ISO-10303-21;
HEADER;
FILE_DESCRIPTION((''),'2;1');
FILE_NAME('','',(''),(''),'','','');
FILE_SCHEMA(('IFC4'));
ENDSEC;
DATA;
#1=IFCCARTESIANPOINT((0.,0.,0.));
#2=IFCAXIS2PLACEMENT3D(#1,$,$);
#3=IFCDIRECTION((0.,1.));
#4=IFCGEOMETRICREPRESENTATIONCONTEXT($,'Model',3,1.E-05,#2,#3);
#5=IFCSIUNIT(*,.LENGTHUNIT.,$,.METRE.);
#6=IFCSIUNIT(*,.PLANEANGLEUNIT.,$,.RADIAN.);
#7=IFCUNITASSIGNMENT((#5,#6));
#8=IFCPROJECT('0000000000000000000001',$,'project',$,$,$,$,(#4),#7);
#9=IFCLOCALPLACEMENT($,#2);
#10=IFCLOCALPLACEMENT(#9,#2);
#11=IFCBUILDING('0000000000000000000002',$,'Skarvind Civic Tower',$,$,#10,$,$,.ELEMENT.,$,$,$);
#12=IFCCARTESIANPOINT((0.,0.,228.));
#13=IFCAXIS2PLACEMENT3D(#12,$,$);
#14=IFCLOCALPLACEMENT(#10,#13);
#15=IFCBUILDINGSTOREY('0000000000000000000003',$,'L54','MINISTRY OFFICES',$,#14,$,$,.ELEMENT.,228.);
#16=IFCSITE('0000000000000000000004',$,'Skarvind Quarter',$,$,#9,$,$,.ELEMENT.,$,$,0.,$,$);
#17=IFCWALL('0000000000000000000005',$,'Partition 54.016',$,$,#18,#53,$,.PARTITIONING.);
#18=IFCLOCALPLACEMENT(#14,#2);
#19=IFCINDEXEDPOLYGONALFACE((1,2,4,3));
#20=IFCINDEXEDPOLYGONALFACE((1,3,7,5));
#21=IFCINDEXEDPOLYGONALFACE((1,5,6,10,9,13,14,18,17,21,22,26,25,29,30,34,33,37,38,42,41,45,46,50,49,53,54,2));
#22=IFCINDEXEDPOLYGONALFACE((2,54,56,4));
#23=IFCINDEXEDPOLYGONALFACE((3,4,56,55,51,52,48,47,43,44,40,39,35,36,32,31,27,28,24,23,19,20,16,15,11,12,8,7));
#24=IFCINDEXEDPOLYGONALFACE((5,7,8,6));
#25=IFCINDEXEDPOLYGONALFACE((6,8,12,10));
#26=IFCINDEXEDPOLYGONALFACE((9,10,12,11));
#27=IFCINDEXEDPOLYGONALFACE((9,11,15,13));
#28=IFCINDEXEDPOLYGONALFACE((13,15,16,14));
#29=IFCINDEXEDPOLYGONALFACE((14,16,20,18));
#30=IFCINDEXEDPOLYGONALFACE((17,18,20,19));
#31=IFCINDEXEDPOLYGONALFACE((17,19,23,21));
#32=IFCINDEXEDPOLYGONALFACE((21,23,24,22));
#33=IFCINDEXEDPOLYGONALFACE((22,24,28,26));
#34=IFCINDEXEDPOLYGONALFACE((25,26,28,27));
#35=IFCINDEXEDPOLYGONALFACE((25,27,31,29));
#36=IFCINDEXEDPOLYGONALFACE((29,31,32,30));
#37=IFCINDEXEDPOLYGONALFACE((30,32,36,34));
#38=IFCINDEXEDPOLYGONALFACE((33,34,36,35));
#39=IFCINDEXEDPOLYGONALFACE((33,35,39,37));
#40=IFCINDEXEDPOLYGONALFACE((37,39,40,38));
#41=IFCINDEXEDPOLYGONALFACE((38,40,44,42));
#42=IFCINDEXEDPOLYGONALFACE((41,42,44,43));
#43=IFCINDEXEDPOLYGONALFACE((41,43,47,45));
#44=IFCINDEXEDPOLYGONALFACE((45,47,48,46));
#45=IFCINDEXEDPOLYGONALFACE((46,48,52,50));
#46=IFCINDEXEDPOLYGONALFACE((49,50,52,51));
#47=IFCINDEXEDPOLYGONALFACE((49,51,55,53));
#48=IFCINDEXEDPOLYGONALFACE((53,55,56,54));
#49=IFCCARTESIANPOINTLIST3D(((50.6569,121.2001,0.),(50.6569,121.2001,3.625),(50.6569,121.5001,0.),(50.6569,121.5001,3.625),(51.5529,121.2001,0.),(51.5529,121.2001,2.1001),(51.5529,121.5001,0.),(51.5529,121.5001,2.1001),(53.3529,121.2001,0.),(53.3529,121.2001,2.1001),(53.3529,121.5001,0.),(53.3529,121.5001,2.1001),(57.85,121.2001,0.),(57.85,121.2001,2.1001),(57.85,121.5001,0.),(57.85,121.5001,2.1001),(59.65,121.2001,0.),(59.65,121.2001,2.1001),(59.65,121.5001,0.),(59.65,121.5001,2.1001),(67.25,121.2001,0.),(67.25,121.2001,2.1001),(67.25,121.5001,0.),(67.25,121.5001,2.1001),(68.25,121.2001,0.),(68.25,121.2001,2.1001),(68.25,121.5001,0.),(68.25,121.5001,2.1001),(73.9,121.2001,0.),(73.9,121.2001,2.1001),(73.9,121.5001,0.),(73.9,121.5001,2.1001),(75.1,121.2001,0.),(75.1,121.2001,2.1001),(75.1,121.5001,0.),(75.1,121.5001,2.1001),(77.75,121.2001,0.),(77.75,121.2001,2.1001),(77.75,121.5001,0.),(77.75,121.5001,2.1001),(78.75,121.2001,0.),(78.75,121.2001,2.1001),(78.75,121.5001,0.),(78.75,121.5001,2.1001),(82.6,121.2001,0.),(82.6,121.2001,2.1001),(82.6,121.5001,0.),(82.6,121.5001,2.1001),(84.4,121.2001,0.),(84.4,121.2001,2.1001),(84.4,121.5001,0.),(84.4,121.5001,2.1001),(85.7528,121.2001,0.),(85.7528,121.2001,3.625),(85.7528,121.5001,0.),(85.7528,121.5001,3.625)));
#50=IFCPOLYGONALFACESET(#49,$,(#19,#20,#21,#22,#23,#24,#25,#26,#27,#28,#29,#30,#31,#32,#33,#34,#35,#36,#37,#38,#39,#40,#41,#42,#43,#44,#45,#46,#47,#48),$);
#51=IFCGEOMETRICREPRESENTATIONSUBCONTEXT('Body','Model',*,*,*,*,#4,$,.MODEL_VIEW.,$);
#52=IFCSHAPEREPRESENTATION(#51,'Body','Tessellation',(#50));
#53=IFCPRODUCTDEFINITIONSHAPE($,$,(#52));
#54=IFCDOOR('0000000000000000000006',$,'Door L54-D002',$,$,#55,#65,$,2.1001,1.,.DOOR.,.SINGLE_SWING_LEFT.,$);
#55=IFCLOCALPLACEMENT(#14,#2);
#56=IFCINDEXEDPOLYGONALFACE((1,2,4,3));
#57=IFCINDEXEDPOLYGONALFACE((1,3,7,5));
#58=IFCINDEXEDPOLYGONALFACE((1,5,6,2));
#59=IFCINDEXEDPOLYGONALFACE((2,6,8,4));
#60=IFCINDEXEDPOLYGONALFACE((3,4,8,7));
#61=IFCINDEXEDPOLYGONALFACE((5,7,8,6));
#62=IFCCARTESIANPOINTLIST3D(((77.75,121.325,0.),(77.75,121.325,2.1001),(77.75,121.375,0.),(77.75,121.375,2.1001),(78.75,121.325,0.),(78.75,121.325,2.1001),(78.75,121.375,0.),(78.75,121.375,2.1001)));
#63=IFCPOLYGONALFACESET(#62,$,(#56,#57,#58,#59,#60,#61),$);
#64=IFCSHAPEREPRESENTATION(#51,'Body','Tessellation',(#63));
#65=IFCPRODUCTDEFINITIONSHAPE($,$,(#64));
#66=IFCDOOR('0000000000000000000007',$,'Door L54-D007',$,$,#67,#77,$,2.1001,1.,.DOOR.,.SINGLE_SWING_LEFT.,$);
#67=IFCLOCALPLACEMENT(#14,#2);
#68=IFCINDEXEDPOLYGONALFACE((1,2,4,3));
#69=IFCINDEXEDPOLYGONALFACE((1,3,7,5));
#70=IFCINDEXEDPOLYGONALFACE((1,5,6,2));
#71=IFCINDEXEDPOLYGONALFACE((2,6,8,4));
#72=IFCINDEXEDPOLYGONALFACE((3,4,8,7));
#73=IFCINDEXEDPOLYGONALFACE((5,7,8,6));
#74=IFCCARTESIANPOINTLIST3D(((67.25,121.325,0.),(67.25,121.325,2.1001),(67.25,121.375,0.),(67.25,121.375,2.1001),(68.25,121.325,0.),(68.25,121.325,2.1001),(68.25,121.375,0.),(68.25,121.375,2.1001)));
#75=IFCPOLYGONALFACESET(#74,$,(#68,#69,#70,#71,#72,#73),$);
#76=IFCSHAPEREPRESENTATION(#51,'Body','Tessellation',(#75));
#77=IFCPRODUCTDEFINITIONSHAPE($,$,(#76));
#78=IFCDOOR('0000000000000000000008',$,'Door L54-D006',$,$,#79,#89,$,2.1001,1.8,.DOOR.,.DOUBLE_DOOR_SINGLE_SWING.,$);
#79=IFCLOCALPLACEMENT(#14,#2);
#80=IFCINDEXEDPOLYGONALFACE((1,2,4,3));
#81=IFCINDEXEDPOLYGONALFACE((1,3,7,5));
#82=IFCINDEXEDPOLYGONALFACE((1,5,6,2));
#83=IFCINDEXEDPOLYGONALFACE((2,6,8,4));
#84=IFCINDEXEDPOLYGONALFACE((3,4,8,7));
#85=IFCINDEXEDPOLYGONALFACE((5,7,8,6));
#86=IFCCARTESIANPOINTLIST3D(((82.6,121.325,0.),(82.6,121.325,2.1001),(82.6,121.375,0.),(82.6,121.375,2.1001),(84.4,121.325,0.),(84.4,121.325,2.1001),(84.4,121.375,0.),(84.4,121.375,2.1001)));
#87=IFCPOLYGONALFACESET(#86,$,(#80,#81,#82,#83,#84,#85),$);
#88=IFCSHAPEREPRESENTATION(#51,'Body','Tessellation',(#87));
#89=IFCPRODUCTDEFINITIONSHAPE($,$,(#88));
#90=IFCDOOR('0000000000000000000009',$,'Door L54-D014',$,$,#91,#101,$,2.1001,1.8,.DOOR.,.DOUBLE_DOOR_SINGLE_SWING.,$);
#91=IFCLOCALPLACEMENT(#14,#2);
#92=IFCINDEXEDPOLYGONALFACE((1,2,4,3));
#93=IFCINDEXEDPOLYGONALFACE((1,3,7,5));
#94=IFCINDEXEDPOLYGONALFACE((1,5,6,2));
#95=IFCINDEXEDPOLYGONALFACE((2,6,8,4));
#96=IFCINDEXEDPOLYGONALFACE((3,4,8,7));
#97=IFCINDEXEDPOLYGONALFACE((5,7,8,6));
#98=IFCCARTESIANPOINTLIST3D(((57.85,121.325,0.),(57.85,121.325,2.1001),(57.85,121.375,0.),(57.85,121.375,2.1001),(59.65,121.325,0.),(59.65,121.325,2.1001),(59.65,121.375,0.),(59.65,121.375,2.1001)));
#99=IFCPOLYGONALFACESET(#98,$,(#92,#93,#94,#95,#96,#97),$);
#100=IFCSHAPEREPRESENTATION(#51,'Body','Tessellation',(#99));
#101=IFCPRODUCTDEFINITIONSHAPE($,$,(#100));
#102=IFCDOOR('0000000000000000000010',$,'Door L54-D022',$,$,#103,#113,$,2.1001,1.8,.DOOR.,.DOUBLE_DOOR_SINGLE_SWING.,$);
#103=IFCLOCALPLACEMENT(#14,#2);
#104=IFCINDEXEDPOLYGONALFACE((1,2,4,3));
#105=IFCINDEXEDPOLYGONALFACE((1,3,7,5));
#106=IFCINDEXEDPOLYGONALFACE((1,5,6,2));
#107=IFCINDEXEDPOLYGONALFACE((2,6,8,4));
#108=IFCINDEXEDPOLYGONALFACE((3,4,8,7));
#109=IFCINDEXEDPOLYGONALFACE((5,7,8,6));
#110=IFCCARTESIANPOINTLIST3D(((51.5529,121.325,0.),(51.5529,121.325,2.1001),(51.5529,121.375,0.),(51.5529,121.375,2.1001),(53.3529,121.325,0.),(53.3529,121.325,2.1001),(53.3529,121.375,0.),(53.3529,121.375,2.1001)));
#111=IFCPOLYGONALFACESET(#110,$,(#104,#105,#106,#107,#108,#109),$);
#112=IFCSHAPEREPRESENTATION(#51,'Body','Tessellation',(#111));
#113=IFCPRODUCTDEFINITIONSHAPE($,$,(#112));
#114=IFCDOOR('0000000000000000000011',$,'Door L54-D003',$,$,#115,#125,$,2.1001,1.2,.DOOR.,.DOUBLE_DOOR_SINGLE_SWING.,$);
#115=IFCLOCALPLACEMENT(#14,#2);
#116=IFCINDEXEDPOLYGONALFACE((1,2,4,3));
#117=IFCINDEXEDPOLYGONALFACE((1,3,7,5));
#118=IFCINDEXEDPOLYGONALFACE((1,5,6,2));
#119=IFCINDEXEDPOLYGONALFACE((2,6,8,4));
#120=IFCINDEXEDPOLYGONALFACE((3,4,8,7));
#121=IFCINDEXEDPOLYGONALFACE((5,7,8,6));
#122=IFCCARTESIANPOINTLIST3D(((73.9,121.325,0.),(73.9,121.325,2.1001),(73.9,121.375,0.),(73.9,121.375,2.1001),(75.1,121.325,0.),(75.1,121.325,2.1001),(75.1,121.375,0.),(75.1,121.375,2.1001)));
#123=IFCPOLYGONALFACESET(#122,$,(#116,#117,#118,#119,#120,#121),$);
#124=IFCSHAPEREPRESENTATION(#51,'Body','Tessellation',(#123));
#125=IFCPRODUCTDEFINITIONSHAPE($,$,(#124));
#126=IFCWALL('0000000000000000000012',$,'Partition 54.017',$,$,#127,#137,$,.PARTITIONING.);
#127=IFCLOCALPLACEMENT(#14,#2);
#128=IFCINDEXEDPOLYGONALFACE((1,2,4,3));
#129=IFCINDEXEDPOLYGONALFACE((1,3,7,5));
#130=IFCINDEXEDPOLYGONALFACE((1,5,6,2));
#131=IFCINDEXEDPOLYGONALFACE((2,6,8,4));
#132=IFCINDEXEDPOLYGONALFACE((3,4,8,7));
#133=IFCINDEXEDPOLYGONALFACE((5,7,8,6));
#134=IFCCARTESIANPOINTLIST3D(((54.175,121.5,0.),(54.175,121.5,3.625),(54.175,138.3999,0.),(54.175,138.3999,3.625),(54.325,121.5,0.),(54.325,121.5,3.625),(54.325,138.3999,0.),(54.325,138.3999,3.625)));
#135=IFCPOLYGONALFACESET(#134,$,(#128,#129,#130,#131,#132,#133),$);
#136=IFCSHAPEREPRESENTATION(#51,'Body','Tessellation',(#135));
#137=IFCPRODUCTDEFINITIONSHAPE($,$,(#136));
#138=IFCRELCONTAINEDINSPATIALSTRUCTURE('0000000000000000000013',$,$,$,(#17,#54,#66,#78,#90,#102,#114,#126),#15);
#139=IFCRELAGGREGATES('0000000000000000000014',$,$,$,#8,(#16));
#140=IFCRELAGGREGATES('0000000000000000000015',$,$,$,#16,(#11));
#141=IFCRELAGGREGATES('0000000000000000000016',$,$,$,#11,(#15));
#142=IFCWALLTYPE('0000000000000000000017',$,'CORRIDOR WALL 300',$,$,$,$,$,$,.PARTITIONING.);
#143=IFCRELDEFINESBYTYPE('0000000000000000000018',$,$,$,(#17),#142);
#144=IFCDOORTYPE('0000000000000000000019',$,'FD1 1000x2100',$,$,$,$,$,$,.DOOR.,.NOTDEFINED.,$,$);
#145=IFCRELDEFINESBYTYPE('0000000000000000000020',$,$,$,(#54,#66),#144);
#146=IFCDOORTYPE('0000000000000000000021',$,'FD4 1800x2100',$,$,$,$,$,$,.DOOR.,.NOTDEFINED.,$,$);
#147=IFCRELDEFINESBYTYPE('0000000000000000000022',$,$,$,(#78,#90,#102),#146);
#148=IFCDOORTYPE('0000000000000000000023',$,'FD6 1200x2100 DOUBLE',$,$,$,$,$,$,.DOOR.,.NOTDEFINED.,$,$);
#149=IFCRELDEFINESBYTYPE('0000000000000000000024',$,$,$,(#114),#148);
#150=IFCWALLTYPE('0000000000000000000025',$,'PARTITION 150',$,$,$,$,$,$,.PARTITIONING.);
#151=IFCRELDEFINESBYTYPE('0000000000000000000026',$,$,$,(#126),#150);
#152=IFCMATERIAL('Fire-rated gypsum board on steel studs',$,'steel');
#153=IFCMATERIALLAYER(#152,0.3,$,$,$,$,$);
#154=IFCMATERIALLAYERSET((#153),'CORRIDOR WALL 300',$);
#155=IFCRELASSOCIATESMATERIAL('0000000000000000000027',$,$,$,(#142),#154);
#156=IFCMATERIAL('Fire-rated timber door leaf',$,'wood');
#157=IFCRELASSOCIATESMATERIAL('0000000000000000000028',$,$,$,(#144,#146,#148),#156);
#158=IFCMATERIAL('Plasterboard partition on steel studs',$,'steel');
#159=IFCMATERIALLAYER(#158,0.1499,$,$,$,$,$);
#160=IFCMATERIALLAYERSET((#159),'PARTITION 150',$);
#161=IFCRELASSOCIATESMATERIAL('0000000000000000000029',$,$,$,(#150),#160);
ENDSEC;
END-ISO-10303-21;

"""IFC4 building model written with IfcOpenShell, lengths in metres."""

from ifc_helpers import new_model, si_unit, direction, frame, frame_2d, origin, place, context, subcontext, project, spatial, rectangle, extrude, material, layer, layer_set, type_object, element, fill, save


model = new_model("IFC4")

# Units and contexts
model_context = context("Model", 3, precision=1e-05, world=origin(), true_north=direction((0.0, 1.0)))
body_context = subcontext(model_context, "Body", "Model", "MODEL_VIEW")
ifc_project = project(units=[si_unit("LENGTHUNIT", "METRE"), si_unit("PLANEANGLEUNIT", "RADIAN")], contexts=[model_context])

# Site, building, storey
site_placement = place(None, origin())
site = spatial("IfcSite", under=ifc_project, at=site_placement, Name="Skarvind Quarter", CompositionType="ELEMENT", RefElevation=0.0)
building_placement = place(site_placement, origin())
building = spatial("IfcBuilding", under=site, at=building_placement, Name="Skarvind Civic Tower", CompositionType="ELEMENT")
storey_placement = place(building_placement, frame((0.0, 0.0, 228.0)))
storey = spatial("IfcBuildingStorey", under=building, at=storey_placement, Name="L54", Description="MINISTRY OFFICES", CompositionType="ELEMENT", Elevation=228.0)

# Wall, openings, doors
ifc_material_1 = material(Name="Fire-rated gypsum board on steel studs", Category="steel")
ifc_layer_1 = layer(ifc_material_1, 0.3)
ifc_layer_set_1 = layer_set([ifc_layer_1], Name="CORRIDOR WALL 300")
wall_type_1 = type_object("IfcWallType", Name="CORRIDOR WALL 300", PredefinedType="PARTITIONING", material=ifc_layer_set_1)
wall_1_placement = place(storey_placement, frame((50.657, 121.3501, 0.0), z_axis=(0.0, 0.0, 1.0), x_axis=(1.0, 0.0, 0.0)))
wall_1 = element("IfcWall", 1, at=wall_1_placement, inside=storey, type_object=wall_type_1, Name="Partition 54.016", PredefinedType="PARTITIONING", context=body_context, shape_type="SweptSolid", body=[
    extrude(rectangle(XDim=35.0959, YDim=0.3, at=frame_2d((17.5479, 0.0))), origin(), (0.0, 0.0, 1.0), 3.625),
])
opening_1_placement = place(wall_1_placement, frame((27.093, 0.0, 0.0)))
opening_1 = element("IfcOpeningElement", 2, at=opening_1_placement, cuts=wall_1, PredefinedType="OPENING", context=body_context, shape_type="SweptSolid", body=[
    extrude(rectangle(XDim=1.0, YDim=2.1001, at=frame_2d((0.5, 1.05))), frame((0.0, 0.1599, 0.0), z_axis=(0.0, -1.0, 0.0), x_axis=(1.0, 0.0, 0.0)), (0.0, 0.0, 1.0), 0.3201),
])
opening_2_placement = place(wall_1_placement, frame((23.2429, 0.0, 0.0)))
opening_2 = element("IfcOpeningElement", 3, at=opening_2_placement, cuts=wall_1, PredefinedType="OPENING", context=body_context, shape_type="SweptSolid", body=[
    extrude(rectangle(XDim=1.2, YDim=2.1001, at=frame_2d((0.6001, 1.05))), frame((0.0, 0.1599, 0.0), z_axis=(0.0, -1.0, 0.0), x_axis=(1.0, 0.0, 0.0)), (0.0, 0.0, 1.0), 0.3201),
])
opening_3_placement = place(wall_1_placement, frame((31.9431, 0.0, 0.0)))
opening_3 = element("IfcOpeningElement", 4, at=opening_3_placement, cuts=wall_1, PredefinedType="OPENING", context=body_context, shape_type="SweptSolid", body=[
    extrude(rectangle(XDim=1.8, YDim=2.1001, at=frame_2d((0.8999, 1.05))), frame((0.0, 0.1599, 0.0), z_axis=(0.0, -1.0, 0.0), x_axis=(1.0, 0.0, 0.0)), (0.0, 0.0, 1.0), 0.3201),
])
opening_4_placement = place(wall_1_placement, frame((16.593, 0.0, 0.0)))
opening_4 = element("IfcOpeningElement", 5, at=opening_4_placement, cuts=wall_1, PredefinedType="OPENING", context=body_context, shape_type="SweptSolid", body=[
    extrude(rectangle(XDim=1.0, YDim=2.1001, at=frame_2d((0.5, 1.05))), frame((0.0, 0.1599, 0.0), z_axis=(0.0, -1.0, 0.0), x_axis=(1.0, 0.0, 0.0)), (0.0, 0.0, 1.0), 0.3201),
])
opening_5_placement = place(wall_1_placement, frame((7.1931, 0.0, 0.0)))
opening_5 = element("IfcOpeningElement", 6, at=opening_5_placement, cuts=wall_1, PredefinedType="OPENING", context=body_context, shape_type="SweptSolid", body=[
    extrude(rectangle(XDim=1.8, YDim=2.1001, at=frame_2d((0.8999, 1.05))), frame((0.0, 0.1599, 0.0), z_axis=(0.0, -1.0, 0.0), x_axis=(1.0, 0.0, 0.0)), (0.0, 0.0, 1.0), 0.3201),
])
opening_6_placement = place(wall_1_placement, frame((0.896, 0.0, 0.0)))
opening_6 = element("IfcOpeningElement", 7, at=opening_6_placement, cuts=wall_1, PredefinedType="OPENING", context=body_context, shape_type="SweptSolid", body=[
    extrude(rectangle(XDim=1.8, YDim=2.1001, at=frame_2d((0.8999, 1.05))), frame((0.0, 0.1599, 0.0), z_axis=(0.0, -1.0, 0.0), x_axis=(1.0, 0.0, 0.0)), (0.0, 0.0, 1.0), 0.3201),
])
ifc_material_2 = material(Name="Fire-rated timber door leaf", Category="wood")
door_type_1 = type_object("IfcDoorType", Name="FD1 1000x2100", OperationType="NOTDEFINED", PredefinedType="DOOR", material=ifc_material_2)
door_1_placement = place(opening_1_placement, origin())
door_1 = element("IfcDoor", 8, at=door_1_placement, inside=storey, type_object=door_type_1, Name="Door L54-D002", OperationType="SINGLE_SWING_LEFT", OverallHeight=2.1001, OverallWidth=1.0, PredefinedType="DOOR", context=body_context, shape_type="SweptSolid", body=[
    extrude(rectangle(XDim=1.0, YDim=2.1001, at=frame_2d((0.5, 1.05))), frame((0.0, 0.0249, 0.0), z_axis=(0.0, -1.0, 0.0), x_axis=(1.0, 0.0, 0.0)), (0.0, 0.0, 1.0), 0.05),
])
fill(opening_1, door_1)
door_2_placement = place(opening_4_placement, origin())
door_2 = element("IfcDoor", 9, at=door_2_placement, inside=storey, type_object=door_type_1, Name="Door L54-D007", OperationType="SINGLE_SWING_LEFT", OverallHeight=2.1001, OverallWidth=1.0, PredefinedType="DOOR", context=body_context, shape_type="SweptSolid", body=[
    extrude(rectangle(XDim=1.0, YDim=2.1001, at=frame_2d((0.5, 1.05))), frame((0.0, 0.0249, 0.0), z_axis=(0.0, -1.0, 0.0), x_axis=(1.0, 0.0, 0.0)), (0.0, 0.0, 1.0), 0.05),
])
fill(opening_4, door_2)
door_type_2 = type_object("IfcDoorType", Name="FD4 1800x2100", OperationType="NOTDEFINED", PredefinedType="DOOR", material=ifc_material_2)
door_3_placement = place(opening_3_placement, origin())
door_3 = element("IfcDoor", 10, at=door_3_placement, inside=storey, type_object=door_type_2, Name="Door L54-D006", OperationType="DOUBLE_DOOR_SINGLE_SWING", OverallHeight=2.1001, OverallWidth=1.8, PredefinedType="DOOR", context=body_context, shape_type="SweptSolid", body=[
    extrude(rectangle(XDim=1.8, YDim=2.1001, at=frame_2d((0.8999, 1.05))), frame((0.0, 0.0249, 0.0), z_axis=(0.0, -1.0, 0.0), x_axis=(1.0, 0.0, 0.0)), (0.0, 0.0, 1.0), 0.05),
])
fill(opening_3, door_3)
door_4_placement = place(opening_5_placement, origin())
door_4 = element("IfcDoor", 11, at=door_4_placement, inside=storey, type_object=door_type_2, Name="Door L54-D014", OperationType="DOUBLE_DOOR_SINGLE_SWING", OverallHeight=2.1001, OverallWidth=1.8, PredefinedType="DOOR", context=body_context, shape_type="SweptSolid", body=[
    extrude(rectangle(XDim=1.8, YDim=2.1001, at=frame_2d((0.8999, 1.05))), frame((0.0, 0.0249, 0.0), z_axis=(0.0, -1.0, 0.0), x_axis=(1.0, 0.0, 0.0)), (0.0, 0.0, 1.0), 0.05),
])
fill(opening_5, door_4)
door_5_placement = place(opening_6_placement, origin())
door_5 = element("IfcDoor", 12, at=door_5_placement, inside=storey, type_object=door_type_2, Name="Door L54-D022", OperationType="DOUBLE_DOOR_SINGLE_SWING", OverallHeight=2.1001, OverallWidth=1.8, PredefinedType="DOOR", context=body_context, shape_type="SweptSolid", body=[
    extrude(rectangle(XDim=1.8, YDim=2.1001, at=frame_2d((0.8999, 1.05))), frame((0.0, 0.0249, 0.0), z_axis=(0.0, -1.0, 0.0), x_axis=(1.0, 0.0, 0.0)), (0.0, 0.0, 1.0), 0.05),
])
fill(opening_6, door_5)
door_type_3 = type_object("IfcDoorType", Name="FD6 1200x2100 DOUBLE", OperationType="NOTDEFINED", PredefinedType="DOOR", material=ifc_material_2)
door_6_placement = place(opening_2_placement, origin())
door_6 = element("IfcDoor", 13, at=door_6_placement, inside=storey, type_object=door_type_3, Name="Door L54-D003", OperationType="DOUBLE_DOOR_SINGLE_SWING", OverallHeight=2.1001, OverallWidth=1.2, PredefinedType="DOOR", context=body_context, shape_type="SweptSolid", body=[
    extrude(rectangle(XDim=1.2, YDim=2.1001, at=frame_2d((0.6001, 1.05))), frame((0.0, 0.0249, 0.0), z_axis=(0.0, -1.0, 0.0), x_axis=(1.0, 0.0, 0.0)), (0.0, 0.0, 1.0), 0.05),
])
fill(opening_2, door_6)

# Wall
ifc_material_3 = material(Name="Plasterboard partition on steel studs", Category="steel")
ifc_layer_2 = layer(ifc_material_3, 0.1499)
ifc_layer_set_2 = layer_set([ifc_layer_2], Name="PARTITION 150")
wall_type_2 = type_object("IfcWallType", Name="PARTITION 150", PredefinedType="PARTITIONING", material=ifc_layer_set_2)
wall_2_placement = place(storey_placement, frame((54.25, 121.5, 0.0), z_axis=(0.0, 0.0, 1.0), x_axis=(0.0, 1.0, 0.0)))
element("IfcWall", 14, at=wall_2_placement, inside=storey, type_object=wall_type_2, Name="Partition 54.017", PredefinedType="PARTITIONING", context=body_context, shape_type="SweptSolid", body=[
    extrude(rectangle(XDim=16.8999, YDim=0.1499, at=frame_2d((8.45, 0.0))), origin(), (0.0, 0.0, 1.0), 3.625),
])

save(model, "model.ifc")
